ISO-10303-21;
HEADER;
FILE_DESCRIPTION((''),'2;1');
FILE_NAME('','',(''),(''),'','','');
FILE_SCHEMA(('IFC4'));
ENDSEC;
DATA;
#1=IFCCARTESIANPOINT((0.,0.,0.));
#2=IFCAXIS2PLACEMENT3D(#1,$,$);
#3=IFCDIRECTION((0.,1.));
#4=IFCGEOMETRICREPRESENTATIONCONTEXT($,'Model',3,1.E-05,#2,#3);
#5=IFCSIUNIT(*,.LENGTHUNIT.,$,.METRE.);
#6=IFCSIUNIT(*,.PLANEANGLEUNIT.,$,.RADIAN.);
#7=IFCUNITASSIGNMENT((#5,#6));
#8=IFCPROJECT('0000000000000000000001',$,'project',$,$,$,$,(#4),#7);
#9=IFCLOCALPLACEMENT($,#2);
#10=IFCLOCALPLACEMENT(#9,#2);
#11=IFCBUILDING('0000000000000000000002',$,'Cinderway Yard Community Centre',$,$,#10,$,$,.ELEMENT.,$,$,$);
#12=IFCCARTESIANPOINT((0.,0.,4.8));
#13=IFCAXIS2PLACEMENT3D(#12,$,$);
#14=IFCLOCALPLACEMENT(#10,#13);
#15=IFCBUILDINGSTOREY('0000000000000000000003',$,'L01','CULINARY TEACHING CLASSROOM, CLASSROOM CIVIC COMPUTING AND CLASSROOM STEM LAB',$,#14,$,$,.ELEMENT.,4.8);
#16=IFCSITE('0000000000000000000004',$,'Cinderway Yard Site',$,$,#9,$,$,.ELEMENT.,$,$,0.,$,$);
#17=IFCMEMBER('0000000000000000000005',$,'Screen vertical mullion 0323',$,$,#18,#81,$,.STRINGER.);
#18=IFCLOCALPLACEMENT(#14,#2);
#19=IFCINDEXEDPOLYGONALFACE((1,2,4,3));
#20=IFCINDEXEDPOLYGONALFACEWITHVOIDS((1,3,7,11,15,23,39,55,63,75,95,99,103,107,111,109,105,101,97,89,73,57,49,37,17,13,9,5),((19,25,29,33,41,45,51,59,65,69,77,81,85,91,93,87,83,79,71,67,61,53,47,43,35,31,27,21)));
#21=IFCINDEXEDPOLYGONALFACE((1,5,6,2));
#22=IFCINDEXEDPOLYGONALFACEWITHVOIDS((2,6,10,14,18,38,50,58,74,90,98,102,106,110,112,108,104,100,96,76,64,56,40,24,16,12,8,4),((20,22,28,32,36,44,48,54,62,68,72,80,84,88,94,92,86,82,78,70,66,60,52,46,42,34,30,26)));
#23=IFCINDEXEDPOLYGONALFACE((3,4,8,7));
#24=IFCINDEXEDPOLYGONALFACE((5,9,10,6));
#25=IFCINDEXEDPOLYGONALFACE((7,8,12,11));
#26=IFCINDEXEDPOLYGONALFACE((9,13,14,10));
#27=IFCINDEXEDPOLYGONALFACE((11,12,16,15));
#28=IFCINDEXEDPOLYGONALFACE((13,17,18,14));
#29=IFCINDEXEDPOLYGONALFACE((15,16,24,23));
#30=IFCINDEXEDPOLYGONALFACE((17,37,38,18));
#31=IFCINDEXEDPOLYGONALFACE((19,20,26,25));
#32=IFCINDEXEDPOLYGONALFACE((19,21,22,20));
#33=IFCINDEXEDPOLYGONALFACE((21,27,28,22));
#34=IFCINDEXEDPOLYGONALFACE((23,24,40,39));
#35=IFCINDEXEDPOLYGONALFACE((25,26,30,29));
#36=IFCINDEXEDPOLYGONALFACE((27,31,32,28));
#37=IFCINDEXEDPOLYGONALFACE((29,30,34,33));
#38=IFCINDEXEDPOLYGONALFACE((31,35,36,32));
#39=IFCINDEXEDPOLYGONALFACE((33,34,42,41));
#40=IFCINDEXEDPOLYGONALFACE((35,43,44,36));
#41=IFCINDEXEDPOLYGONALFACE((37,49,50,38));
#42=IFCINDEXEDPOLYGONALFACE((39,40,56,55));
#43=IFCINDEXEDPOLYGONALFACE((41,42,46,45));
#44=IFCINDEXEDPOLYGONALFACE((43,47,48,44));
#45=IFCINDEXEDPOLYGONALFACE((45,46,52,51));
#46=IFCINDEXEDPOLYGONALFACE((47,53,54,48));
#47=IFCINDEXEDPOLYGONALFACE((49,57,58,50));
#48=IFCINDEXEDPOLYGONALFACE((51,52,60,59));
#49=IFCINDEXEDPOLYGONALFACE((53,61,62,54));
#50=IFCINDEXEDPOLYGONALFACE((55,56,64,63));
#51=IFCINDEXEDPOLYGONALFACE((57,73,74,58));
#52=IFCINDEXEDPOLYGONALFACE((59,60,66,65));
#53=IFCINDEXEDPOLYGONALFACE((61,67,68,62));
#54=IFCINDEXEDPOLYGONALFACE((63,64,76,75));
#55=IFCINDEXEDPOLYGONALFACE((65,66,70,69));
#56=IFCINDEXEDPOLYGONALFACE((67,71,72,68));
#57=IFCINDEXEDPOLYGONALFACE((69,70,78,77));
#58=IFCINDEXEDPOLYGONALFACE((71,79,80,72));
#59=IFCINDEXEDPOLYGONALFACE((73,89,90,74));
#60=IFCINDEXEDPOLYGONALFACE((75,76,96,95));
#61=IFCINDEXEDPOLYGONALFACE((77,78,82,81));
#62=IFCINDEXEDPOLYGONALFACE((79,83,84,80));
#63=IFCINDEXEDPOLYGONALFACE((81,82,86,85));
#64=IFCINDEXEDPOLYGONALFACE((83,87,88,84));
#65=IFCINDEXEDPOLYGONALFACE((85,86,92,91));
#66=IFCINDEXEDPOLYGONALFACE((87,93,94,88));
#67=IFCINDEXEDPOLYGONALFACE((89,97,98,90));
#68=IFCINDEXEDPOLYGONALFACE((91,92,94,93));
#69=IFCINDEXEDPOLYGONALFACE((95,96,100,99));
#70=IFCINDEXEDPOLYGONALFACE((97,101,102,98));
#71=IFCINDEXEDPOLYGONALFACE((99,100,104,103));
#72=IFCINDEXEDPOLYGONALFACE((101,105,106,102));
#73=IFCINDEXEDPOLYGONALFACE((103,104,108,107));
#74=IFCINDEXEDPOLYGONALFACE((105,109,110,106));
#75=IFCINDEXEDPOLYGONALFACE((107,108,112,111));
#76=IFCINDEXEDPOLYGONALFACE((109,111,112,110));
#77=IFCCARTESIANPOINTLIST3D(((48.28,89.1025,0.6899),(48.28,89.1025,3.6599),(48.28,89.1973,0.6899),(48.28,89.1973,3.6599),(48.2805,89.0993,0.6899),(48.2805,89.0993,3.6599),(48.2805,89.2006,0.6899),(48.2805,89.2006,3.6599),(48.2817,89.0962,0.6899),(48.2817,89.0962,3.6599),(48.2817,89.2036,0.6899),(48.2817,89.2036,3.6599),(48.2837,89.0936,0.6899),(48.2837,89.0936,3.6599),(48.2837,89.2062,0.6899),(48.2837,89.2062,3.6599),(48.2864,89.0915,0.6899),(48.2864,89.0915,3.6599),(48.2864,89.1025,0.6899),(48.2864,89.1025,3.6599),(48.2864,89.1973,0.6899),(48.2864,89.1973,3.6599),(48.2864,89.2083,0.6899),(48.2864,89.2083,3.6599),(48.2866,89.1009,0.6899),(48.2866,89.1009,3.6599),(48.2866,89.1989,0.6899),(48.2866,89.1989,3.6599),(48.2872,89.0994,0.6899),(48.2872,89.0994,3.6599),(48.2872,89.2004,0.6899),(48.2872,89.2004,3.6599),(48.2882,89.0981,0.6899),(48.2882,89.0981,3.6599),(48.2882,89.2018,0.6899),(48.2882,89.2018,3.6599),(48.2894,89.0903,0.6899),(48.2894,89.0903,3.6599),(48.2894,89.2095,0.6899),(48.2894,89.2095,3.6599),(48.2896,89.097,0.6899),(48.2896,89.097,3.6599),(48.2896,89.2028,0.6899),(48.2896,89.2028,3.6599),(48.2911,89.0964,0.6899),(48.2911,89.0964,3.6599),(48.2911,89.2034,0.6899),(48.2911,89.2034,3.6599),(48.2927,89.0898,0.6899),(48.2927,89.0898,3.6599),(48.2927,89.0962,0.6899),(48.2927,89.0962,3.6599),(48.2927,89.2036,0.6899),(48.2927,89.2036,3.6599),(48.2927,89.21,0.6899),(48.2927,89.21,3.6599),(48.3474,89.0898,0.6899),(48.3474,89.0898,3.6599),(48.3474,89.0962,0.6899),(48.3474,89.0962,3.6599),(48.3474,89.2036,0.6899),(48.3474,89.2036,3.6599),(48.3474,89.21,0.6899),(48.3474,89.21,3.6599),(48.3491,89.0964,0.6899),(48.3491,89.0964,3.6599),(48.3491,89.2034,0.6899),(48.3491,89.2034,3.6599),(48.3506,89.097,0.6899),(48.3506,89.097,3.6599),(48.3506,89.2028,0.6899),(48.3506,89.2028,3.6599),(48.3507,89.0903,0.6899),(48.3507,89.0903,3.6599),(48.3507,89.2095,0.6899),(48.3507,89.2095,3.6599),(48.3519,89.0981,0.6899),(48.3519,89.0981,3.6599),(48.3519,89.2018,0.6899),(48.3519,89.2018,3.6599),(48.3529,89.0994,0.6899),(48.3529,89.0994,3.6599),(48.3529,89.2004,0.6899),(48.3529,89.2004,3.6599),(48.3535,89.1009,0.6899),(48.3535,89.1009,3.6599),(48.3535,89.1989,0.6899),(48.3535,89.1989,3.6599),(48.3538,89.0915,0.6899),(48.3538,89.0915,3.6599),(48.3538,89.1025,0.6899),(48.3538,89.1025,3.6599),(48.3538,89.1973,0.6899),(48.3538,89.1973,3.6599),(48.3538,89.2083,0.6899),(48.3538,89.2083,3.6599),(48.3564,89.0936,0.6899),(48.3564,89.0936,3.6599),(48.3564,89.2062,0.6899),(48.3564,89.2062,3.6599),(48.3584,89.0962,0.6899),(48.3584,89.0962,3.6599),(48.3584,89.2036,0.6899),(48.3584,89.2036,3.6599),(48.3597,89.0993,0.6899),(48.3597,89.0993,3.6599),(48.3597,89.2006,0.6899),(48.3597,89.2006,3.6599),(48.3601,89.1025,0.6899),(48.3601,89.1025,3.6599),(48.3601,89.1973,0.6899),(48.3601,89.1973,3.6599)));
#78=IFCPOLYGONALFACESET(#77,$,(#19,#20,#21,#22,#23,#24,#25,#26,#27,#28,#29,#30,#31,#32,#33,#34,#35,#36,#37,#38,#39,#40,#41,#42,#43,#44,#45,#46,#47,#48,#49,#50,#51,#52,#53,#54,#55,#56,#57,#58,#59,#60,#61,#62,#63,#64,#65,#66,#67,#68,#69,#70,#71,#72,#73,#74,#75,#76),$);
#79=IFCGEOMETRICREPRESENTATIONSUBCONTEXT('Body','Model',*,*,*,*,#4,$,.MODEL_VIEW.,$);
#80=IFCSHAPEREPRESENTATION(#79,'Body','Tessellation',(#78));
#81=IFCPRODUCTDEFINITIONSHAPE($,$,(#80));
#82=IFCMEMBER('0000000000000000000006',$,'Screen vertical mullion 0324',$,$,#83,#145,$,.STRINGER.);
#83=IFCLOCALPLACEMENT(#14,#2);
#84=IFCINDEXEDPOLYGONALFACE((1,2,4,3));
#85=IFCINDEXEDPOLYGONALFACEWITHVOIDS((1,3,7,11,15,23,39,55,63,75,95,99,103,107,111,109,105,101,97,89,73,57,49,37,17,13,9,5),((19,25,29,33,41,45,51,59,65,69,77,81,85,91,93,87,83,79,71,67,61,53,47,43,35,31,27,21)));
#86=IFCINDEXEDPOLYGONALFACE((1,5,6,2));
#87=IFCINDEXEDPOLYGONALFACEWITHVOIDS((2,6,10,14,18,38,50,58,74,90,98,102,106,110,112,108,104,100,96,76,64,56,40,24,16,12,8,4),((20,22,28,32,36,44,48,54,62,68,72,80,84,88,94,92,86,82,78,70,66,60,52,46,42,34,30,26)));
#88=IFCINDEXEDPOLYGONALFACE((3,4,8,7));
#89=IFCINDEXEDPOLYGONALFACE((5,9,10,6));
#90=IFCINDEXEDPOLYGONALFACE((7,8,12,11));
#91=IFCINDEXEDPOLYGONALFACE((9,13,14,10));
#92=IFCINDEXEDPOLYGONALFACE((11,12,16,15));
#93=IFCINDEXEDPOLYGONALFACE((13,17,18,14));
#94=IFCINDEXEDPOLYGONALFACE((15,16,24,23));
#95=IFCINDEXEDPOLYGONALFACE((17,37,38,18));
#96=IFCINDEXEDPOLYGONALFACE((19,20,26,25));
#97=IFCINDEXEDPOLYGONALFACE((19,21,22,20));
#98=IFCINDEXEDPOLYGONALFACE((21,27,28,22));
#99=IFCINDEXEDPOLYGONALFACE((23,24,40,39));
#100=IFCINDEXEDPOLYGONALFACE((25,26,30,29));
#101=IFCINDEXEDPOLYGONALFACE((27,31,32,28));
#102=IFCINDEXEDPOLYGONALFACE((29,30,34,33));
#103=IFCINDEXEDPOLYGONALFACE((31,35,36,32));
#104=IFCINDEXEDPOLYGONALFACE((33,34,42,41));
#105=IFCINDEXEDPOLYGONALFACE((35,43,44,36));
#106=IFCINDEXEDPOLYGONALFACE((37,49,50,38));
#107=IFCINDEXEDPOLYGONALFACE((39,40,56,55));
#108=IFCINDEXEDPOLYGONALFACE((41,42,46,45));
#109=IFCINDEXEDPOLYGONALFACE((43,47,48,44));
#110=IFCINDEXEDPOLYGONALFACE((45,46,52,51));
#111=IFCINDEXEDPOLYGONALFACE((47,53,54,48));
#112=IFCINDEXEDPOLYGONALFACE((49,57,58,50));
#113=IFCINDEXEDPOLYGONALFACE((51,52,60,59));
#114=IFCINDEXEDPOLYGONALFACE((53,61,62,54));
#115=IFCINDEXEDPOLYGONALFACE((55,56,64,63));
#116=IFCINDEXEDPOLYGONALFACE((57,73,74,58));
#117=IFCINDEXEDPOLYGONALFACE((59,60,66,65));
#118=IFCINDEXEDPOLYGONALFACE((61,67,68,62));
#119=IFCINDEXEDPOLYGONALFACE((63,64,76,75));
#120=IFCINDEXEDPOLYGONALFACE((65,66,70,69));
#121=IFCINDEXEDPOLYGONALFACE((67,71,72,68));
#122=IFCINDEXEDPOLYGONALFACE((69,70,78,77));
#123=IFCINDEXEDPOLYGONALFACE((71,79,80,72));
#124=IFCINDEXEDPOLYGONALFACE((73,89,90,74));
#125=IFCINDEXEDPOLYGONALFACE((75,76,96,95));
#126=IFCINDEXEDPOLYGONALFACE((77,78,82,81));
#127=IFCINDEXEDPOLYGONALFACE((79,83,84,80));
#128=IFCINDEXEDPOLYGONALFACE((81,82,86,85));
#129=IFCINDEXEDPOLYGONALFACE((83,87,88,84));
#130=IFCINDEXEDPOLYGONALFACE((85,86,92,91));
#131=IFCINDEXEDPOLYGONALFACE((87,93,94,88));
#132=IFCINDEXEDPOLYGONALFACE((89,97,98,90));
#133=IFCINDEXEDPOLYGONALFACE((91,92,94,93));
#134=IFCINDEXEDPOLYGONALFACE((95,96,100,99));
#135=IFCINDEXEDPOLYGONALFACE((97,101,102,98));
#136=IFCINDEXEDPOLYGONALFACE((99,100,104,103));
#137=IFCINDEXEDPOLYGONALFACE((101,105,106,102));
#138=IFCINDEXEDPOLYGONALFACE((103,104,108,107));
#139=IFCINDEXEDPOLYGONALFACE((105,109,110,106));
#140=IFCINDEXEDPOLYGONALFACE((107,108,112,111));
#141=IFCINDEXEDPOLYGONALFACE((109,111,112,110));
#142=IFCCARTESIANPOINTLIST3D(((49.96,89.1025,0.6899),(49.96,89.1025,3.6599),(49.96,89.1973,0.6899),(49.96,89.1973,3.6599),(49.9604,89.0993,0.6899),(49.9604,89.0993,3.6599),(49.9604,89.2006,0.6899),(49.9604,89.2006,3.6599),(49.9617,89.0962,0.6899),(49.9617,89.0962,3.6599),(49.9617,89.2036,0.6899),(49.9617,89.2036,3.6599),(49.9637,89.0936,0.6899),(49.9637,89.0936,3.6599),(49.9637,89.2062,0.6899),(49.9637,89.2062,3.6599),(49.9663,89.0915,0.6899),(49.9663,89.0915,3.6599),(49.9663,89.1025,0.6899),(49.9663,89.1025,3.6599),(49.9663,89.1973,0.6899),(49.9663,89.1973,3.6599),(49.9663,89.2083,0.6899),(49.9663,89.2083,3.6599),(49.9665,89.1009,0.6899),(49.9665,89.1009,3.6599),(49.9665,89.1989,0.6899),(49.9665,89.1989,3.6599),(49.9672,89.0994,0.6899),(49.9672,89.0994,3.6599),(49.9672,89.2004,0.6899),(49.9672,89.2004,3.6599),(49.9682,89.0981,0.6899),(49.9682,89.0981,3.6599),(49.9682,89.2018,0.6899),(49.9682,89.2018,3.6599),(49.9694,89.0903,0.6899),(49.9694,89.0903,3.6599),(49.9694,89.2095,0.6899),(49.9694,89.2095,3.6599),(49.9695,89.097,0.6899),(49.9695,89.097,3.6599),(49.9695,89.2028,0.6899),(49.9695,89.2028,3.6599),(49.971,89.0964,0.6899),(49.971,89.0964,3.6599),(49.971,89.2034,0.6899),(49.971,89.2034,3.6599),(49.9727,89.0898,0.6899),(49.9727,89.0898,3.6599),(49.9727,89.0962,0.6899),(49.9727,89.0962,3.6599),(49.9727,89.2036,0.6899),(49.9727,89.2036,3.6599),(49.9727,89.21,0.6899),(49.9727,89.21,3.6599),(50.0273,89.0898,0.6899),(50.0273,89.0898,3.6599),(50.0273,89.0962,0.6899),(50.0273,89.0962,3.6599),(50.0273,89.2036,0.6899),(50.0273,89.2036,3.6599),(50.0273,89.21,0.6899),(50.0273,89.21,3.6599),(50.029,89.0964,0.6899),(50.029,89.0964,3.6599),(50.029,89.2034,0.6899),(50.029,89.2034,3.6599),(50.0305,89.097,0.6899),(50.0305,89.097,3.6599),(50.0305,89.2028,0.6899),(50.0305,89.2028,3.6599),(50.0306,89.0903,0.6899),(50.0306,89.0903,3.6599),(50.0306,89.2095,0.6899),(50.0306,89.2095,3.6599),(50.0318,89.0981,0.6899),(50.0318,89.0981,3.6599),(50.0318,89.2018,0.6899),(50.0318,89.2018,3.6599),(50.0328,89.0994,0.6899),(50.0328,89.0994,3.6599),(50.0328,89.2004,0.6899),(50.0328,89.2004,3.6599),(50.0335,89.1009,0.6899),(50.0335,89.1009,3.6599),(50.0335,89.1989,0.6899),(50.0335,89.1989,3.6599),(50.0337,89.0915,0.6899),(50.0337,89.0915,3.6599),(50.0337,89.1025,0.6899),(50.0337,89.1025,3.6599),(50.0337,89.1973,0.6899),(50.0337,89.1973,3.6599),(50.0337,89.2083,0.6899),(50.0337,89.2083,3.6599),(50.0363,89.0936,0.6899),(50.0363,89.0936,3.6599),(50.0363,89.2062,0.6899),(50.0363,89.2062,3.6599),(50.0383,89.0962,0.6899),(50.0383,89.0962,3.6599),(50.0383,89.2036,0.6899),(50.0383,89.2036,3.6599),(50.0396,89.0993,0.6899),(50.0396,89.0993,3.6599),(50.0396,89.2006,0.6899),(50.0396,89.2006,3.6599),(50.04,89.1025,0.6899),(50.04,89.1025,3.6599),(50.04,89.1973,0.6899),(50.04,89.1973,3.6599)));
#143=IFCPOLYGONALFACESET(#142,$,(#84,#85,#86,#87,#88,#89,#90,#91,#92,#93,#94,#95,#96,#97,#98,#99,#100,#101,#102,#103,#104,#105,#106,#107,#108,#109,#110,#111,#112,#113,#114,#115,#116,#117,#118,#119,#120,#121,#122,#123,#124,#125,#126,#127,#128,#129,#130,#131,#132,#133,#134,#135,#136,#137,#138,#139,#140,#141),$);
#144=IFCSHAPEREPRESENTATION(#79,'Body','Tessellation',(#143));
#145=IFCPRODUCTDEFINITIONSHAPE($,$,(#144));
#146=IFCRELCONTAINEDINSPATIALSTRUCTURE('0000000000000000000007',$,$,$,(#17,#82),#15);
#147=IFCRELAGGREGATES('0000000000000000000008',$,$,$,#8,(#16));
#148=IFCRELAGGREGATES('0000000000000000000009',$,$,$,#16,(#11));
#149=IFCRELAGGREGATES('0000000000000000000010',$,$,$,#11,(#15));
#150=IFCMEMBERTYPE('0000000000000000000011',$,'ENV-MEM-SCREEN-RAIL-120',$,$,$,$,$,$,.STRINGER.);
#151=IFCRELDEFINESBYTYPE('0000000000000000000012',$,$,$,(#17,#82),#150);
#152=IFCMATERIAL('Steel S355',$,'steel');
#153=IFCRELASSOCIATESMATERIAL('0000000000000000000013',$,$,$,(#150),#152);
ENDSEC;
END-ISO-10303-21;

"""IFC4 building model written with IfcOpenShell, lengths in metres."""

from ifc_helpers import new_model, si_unit, direction, frame, origin, origin_2d, place, context, subcontext, project, spatial, hollow_rectangle, extrude, material, material_profile, profile_set, type_object, element, save


model = new_model("IFC4")

# Units and contexts
model_context = context("Model", 3, precision=1e-05, world=origin(), true_north=direction((0.0, 1.0)))
body_context = subcontext(model_context, "Body", "Model", "MODEL_VIEW")
ifc_project = project(units=[si_unit("LENGTHUNIT", "METRE"), si_unit("PLANEANGLEUNIT", "RADIAN")], contexts=[model_context])

# Site, building, storey
site_placement = place(None, origin())
site = spatial("IfcSite", under=ifc_project, at=site_placement, Name="Cinderway Yard Site", CompositionType="ELEMENT", RefElevation=0.0)
building_placement = place(site_placement, origin())
building = spatial("IfcBuilding", under=site, at=building_placement, Name="Cinderway Yard Community Centre", CompositionType="ELEMENT")
storey_placement = place(building_placement, frame((0.0, 0.0, 4.8)))
storey = spatial("IfcBuildingStorey", under=building, at=storey_placement, Name="L01", Description="CULINARY TEACHING CLASSROOM, CLASSROOM CIVIC COMPUTING AND CLASSROOM STEM LAB", CompositionType="ELEMENT", Elevation=4.8)

# Members
ifc_material_1 = material(Name="Steel S355", Category="steel")
ifc_material_profile_1 = material_profile(ifc_material_1, hollow_rectangle(XDim=0.0801, YDim=0.1201, WallThickness=0.0063, InnerFilletRadius=0.0063, OuterFilletRadius=0.0127, at=origin_2d()), Name="Steel S355")
ifc_profile_set_1 = profile_set([ifc_material_profile_1], Name="Steel S355")
member_type_1 = type_object("IfcMemberType", Name="ENV-MEM-SCREEN-RAIL-120", PredefinedType="STRINGER", material=ifc_profile_set_1)
for number, where, z_axis, x_axis, name in (
    (1, (48.3201, 89.1499, 0.6899), (0.0, 0.0, 1.0), (1.0, 0.0, 0.0), "Screen vertical mullion 0323"),
    (2, (50.0, 89.1499, 0.6899), (0.0, 0.0, 1.0), (1.0, 0.0, 0.0), "Screen vertical mullion 0324"),
):
    element("IfcMember", number, at=place(storey_placement, frame(where, z_axis=z_axis, x_axis=x_axis)), inside=storey, type_object=member_type_1, Name=name, PredefinedType="STRINGER", context=body_context, shape_type="SweptSolid", body=[
        extrude(hollow_rectangle(XDim=0.0801, YDim=0.1201, WallThickness=0.0063, InnerFilletRadius=0.0063, OuterFilletRadius=0.0127, at=origin_2d()), origin(), (0.0, 0.0, 1.0), 2.97),
    ])

save(model, "model.ifc")
